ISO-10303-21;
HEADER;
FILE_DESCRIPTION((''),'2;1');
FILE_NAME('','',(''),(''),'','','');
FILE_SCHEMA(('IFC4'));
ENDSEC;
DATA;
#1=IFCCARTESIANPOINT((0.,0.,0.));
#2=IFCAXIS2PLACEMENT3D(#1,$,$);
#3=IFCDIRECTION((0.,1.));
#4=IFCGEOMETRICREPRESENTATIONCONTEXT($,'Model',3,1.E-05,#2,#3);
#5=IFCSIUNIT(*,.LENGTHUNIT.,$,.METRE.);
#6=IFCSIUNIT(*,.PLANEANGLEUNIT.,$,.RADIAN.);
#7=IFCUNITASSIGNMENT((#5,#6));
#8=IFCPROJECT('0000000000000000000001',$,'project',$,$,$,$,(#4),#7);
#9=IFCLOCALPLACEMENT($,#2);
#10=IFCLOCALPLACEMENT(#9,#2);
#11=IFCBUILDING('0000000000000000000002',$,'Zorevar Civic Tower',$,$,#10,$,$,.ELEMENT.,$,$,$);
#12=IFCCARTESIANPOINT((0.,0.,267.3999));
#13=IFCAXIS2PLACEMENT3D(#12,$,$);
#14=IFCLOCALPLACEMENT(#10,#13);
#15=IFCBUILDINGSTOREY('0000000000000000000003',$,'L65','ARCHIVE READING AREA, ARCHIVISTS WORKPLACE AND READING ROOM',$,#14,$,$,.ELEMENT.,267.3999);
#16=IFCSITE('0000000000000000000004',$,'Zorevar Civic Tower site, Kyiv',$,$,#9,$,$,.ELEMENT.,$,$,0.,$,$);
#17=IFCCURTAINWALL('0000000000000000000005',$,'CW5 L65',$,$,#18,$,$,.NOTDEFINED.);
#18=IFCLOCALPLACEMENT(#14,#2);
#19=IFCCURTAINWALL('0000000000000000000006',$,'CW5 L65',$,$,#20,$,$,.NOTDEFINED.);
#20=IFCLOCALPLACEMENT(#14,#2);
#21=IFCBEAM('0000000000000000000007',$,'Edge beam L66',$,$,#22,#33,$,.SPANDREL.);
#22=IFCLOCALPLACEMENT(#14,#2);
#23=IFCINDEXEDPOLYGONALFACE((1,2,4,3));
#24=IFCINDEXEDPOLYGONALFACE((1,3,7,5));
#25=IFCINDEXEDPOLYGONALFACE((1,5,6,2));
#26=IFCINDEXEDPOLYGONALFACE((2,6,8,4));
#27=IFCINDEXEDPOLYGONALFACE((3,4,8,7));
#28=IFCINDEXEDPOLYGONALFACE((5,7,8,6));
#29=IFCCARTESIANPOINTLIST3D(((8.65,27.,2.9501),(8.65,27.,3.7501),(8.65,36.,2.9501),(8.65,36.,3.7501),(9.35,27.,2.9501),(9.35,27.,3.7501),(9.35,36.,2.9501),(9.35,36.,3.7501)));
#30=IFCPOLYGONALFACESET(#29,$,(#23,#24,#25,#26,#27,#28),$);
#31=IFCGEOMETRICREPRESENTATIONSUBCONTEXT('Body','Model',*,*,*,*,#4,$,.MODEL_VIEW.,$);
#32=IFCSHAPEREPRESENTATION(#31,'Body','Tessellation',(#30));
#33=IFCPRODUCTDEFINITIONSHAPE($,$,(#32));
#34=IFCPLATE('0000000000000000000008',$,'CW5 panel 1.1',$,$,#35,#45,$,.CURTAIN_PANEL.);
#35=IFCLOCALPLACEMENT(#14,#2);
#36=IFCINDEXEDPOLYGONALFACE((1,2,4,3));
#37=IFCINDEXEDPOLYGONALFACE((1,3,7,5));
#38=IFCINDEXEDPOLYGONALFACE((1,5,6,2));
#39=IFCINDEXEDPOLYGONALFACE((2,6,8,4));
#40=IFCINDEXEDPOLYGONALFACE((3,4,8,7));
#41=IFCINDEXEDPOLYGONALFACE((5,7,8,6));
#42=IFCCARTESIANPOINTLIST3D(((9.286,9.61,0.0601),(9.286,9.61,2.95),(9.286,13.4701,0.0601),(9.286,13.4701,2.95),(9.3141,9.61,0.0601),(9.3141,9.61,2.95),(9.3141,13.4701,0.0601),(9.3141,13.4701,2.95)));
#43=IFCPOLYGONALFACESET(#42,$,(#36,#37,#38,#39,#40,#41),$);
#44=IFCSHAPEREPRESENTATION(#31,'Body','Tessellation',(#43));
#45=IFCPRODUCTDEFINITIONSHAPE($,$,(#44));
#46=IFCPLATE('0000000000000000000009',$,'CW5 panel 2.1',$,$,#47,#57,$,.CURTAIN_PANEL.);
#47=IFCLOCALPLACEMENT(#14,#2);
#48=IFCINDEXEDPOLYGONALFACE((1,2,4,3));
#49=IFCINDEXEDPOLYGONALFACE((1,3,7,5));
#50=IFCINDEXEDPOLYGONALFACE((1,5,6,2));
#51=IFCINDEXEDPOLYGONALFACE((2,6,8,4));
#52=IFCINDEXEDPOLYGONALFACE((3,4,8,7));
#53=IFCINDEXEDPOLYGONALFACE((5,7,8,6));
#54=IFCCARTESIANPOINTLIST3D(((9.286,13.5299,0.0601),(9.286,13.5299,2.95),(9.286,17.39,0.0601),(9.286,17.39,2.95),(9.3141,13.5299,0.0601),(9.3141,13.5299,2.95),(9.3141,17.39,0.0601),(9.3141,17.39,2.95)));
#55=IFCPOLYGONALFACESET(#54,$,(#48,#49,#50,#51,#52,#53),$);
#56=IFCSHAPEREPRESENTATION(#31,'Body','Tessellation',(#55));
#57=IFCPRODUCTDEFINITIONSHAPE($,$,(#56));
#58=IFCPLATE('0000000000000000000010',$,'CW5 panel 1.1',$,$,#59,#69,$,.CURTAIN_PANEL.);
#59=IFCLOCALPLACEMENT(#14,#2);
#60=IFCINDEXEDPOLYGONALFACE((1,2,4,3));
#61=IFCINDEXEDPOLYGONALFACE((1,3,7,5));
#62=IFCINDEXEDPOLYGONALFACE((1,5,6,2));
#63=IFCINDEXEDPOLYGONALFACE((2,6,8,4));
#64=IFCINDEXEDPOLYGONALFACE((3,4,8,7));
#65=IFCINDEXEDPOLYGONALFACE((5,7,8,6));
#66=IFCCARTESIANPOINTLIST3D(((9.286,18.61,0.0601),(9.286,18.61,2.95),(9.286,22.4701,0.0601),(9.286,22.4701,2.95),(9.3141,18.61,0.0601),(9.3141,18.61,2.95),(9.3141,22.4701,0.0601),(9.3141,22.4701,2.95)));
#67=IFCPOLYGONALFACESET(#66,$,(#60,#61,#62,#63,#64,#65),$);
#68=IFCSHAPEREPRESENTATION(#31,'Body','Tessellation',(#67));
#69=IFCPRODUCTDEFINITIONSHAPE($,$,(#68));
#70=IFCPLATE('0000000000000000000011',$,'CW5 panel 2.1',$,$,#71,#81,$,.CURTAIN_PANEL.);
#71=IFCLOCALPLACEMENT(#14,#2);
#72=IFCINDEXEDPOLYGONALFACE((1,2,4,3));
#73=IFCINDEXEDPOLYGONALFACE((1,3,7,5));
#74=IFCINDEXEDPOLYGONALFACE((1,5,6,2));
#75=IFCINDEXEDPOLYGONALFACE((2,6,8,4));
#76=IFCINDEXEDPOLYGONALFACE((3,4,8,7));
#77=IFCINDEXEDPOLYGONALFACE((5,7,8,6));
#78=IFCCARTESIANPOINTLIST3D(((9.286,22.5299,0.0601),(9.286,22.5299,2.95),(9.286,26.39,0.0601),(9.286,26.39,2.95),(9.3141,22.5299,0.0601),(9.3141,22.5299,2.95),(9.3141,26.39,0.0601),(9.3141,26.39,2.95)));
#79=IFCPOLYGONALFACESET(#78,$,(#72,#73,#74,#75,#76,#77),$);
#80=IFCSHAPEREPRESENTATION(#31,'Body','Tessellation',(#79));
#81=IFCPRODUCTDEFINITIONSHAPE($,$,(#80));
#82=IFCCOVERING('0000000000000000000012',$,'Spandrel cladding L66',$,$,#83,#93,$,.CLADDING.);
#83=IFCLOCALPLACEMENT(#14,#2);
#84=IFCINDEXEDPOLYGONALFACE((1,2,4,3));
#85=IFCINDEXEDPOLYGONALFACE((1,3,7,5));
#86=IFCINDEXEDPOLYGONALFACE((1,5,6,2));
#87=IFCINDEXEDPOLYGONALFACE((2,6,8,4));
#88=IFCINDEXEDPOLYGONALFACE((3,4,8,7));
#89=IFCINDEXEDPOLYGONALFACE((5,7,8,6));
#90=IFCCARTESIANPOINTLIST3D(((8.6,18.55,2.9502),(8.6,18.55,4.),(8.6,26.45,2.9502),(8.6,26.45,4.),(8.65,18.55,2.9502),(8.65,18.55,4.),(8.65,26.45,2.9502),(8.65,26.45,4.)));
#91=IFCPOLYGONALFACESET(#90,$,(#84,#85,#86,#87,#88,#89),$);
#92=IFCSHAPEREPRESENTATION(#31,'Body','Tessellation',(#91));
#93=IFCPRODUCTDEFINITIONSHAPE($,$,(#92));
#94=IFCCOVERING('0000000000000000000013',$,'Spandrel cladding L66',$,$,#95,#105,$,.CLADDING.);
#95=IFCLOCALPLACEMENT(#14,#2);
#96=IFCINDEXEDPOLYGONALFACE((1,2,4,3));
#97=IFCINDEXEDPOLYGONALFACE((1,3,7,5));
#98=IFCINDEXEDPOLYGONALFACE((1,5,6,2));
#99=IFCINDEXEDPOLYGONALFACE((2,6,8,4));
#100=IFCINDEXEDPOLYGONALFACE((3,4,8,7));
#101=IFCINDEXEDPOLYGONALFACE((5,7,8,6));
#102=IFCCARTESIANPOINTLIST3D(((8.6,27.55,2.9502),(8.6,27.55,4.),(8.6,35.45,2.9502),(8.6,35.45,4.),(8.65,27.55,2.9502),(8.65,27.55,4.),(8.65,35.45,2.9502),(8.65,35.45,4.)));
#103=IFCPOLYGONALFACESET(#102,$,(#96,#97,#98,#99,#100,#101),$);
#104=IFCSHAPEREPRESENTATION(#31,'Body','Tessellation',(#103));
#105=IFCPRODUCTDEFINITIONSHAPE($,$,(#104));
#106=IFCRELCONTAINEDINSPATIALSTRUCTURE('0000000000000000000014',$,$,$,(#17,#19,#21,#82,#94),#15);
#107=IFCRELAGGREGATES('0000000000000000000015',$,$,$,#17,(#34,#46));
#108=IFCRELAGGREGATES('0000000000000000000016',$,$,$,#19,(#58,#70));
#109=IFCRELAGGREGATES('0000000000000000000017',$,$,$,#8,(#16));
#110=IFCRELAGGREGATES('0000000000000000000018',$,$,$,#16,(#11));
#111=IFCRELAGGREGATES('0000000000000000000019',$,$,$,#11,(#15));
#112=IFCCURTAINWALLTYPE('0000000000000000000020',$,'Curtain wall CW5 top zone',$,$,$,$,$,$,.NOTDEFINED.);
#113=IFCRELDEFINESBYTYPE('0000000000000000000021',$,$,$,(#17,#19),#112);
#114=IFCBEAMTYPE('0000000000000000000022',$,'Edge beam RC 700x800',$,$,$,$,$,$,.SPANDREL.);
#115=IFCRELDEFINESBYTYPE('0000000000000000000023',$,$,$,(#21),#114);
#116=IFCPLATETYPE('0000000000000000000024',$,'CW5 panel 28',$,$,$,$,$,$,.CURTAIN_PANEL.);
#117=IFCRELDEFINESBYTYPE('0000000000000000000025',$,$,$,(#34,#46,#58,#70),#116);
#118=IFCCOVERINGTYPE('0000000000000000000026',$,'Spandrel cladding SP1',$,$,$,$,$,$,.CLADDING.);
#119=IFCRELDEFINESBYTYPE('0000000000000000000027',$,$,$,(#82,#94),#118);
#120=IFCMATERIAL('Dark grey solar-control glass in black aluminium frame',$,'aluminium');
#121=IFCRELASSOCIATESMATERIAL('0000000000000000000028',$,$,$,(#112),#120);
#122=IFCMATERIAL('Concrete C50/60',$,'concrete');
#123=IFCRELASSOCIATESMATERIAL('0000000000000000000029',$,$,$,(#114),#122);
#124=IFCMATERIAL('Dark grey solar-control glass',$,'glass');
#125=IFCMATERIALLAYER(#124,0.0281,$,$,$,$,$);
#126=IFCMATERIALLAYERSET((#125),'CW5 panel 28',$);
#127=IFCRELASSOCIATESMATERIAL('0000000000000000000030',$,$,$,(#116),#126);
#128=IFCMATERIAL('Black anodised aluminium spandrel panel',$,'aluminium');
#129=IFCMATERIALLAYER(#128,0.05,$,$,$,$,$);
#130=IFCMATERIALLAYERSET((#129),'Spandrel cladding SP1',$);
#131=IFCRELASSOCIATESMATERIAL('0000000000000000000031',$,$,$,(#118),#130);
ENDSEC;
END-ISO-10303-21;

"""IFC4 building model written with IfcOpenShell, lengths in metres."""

from ifc_helpers import new_model, si_unit, direction, frame, frame_2d, origin, origin_2d, place, context, subcontext, project, spatial, rectangle, extrude, material, layer, layer_set, material_profile, profile_set, type_object, element, aggregate, save


model = new_model("IFC4")

# Units and contexts
model_context = context("Model", 3, precision=1e-05, world=origin(), true_north=direction((0.0, 1.0)))
body_context = subcontext(model_context, "Body", "Model", "MODEL_VIEW")
ifc_project = project(units=[si_unit("LENGTHUNIT", "METRE"), si_unit("PLANEANGLEUNIT", "RADIAN")], contexts=[model_context])

# Site, building, storey
site_placement = place(None, origin())
site = spatial("IfcSite", under=ifc_project, at=site_placement, Name="Zorevar Civic Tower site, Kyiv", CompositionType="ELEMENT", RefElevation=0.0)
building_placement = place(site_placement, origin())
building = spatial("IfcBuilding", under=site, at=building_placement, Name="Zorevar Civic Tower", CompositionType="ELEMENT")
storey_placement = place(building_placement, frame((0.0, 0.0, 267.3999)))
storey = spatial("IfcBuildingStorey", under=building, at=storey_placement, Name="L65", Description="ARCHIVE READING AREA, ARCHIVISTS WORKPLACE AND READING ROOM", CompositionType="ELEMENT", Elevation=267.3999)

# Curtain walls
ifc_material_1 = material(Name="Dark grey solar-control glass in black aluminium frame", Category="aluminium")
curtain_wall_type = type_object("IfcCurtainWallType", Name="Curtain wall CW5 top zone", PredefinedType="NOTDEFINED", material=ifc_material_1)
curtain_wall_1_placement = place(storey_placement, origin())
curtain_wall_1 = element("IfcCurtainWall", 1, at=curtain_wall_1_placement, inside=storey, type_object=curtain_wall_type, Name="CW5 L65", PredefinedType="NOTDEFINED")
curtain_wall_2_placement = place(storey_placement, origin())
curtain_wall_2 = element("IfcCurtainWall", 2, at=curtain_wall_2_placement, inside=storey, type_object=curtain_wall_type, Name="CW5 L65", PredefinedType="NOTDEFINED")

# Beam
ifc_material_2 = material(Name="Concrete C50/60", Category="concrete")
ifc_material_profile_1 = material_profile(ifc_material_2, rectangle(XDim=0.7, YDim=0.8, at=origin_2d()), Name="RC 700x800")
ifc_profile_set_1 = profile_set([ifc_material_profile_1], Name="Concrete C50/60")
beam_type_1 = type_object("IfcBeamType", Name="Edge beam RC 700x800", PredefinedType="SPANDREL", material=ifc_profile_set_1)
for number, where, z_axis, x_axis, name in (
    (3, (9.0, 27.0, 3.3501), (0.0, 1.0, 0.0), (-1.0, 0.0, 0.0), "Edge beam L66"),
):
    element("IfcBeam", number, at=place(storey_placement, frame(where, z_axis=z_axis, x_axis=x_axis)), inside=storey, type_object=beam_type_1, Name=name, PredefinedType="SPANDREL", context=body_context, shape_type="SweptSolid", body=[
        extrude(rectangle(XDim=0.7, YDim=0.8, at=origin_2d()), origin(), (0.0, 0.0, 1.0), 9.0),
    ])

# Plates
ifc_material_3 = material(Name="Dark grey solar-control glass", Category="glass")
ifc_layer_1 = layer(ifc_material_3, 0.0281)
ifc_layer_set_1 = layer_set([ifc_layer_1], Name="CW5 panel 28")
plate_type = type_object("IfcPlateType", Name="CW5 panel 28", PredefinedType="CURTAIN_PANEL", material=ifc_layer_set_1)
plate_1_placement = place(storey_placement, frame((9.3, 11.54, 0.0601), z_axis=(0.0, 0.0, 1.0), x_axis=(0.0, 1.0, 0.0)))
plate_1 = element("IfcPlate", 4, at=plate_1_placement, type_object=plate_type, Name="CW5 panel 1.1", PredefinedType="CURTAIN_PANEL", context=body_context, shape_type="SweptSolid", body=[
    extrude(rectangle(XDim=3.8601, YDim=0.0281, at=origin_2d()), origin(), (0.0, 0.0, 1.0), 2.8899),
])
plate_2_placement = place(storey_placement, frame((9.3, 15.46, 0.0601), z_axis=(0.0, 0.0, 1.0), x_axis=(0.0, 1.0, 0.0)))
plate_2 = element("IfcPlate", 5, at=plate_2_placement, type_object=plate_type, Name="CW5 panel 2.1", PredefinedType="CURTAIN_PANEL", context=body_context, shape_type="SweptSolid", body=[
    extrude(rectangle(XDim=3.8601, YDim=0.0281, at=origin_2d()), origin(), (0.0, 0.0, 1.0), 2.8899),
])
aggregate(curtain_wall_1, [plate_1, plate_2])
plate_3_placement = place(storey_placement, frame((9.3, 20.54, 0.0601), z_axis=(0.0, 0.0, 1.0), x_axis=(0.0, 1.0, 0.0)))
plate_3 = element("IfcPlate", 6, at=plate_3_placement, type_object=plate_type, Name="CW5 panel 1.1", PredefinedType="CURTAIN_PANEL", context=body_context, shape_type="SweptSolid", body=[
    extrude(rectangle(XDim=3.8601, YDim=0.0281, at=origin_2d()), origin(), (0.0, 0.0, 1.0), 2.8899),
])
plate_4_placement = place(storey_placement, frame((9.3, 24.46, 0.0601), z_axis=(0.0, 0.0, 1.0), x_axis=(0.0, 1.0, 0.0)))
plate_4 = element("IfcPlate", 7, at=plate_4_placement, type_object=plate_type, Name="CW5 panel 2.1", PredefinedType="CURTAIN_PANEL", context=body_context, shape_type="SweptSolid", body=[
    extrude(rectangle(XDim=3.8601, YDim=0.0281, at=origin_2d()), origin(), (0.0, 0.0, 1.0), 2.8899),
])
aggregate(curtain_wall_2, [plate_3, plate_4])

# Coverings
ifc_material_4 = material(Name="Black anodised aluminium spandrel panel", Category="aluminium")
ifc_layer_2 = layer(ifc_material_4, 0.05)
ifc_layer_set_2 = layer_set([ifc_layer_2], Name="Spandrel cladding SP1")
covering_type = type_object("IfcCoveringType", Name="Spandrel cladding SP1", PredefinedType="CLADDING", material=ifc_layer_set_2)
for number, where, z_axis, x_axis, name in (
    (8, (8.625, 18.55, 2.9502), (0.0, 0.0, 1.0), (0.0, 1.0, 0.0), "Spandrel cladding L66"),
    (9, (8.625, 27.55, 2.9502), (0.0, 0.0, 1.0), (0.0, 1.0, 0.0), "Spandrel cladding L66"),
):
    element("IfcCovering", number, at=place(storey_placement, frame(where, z_axis=z_axis, x_axis=x_axis)), inside=storey, type_object=covering_type, Name=name, PredefinedType="CLADDING", context=body_context, shape_type="SweptSolid", body=[
        extrude(rectangle(XDim=7.8999, YDim=0.05, at=frame_2d((3.95, 0.0))), origin(), (0.0, 0.0, 1.0), 1.0498),
    ])

save(model, "model.ifc")
